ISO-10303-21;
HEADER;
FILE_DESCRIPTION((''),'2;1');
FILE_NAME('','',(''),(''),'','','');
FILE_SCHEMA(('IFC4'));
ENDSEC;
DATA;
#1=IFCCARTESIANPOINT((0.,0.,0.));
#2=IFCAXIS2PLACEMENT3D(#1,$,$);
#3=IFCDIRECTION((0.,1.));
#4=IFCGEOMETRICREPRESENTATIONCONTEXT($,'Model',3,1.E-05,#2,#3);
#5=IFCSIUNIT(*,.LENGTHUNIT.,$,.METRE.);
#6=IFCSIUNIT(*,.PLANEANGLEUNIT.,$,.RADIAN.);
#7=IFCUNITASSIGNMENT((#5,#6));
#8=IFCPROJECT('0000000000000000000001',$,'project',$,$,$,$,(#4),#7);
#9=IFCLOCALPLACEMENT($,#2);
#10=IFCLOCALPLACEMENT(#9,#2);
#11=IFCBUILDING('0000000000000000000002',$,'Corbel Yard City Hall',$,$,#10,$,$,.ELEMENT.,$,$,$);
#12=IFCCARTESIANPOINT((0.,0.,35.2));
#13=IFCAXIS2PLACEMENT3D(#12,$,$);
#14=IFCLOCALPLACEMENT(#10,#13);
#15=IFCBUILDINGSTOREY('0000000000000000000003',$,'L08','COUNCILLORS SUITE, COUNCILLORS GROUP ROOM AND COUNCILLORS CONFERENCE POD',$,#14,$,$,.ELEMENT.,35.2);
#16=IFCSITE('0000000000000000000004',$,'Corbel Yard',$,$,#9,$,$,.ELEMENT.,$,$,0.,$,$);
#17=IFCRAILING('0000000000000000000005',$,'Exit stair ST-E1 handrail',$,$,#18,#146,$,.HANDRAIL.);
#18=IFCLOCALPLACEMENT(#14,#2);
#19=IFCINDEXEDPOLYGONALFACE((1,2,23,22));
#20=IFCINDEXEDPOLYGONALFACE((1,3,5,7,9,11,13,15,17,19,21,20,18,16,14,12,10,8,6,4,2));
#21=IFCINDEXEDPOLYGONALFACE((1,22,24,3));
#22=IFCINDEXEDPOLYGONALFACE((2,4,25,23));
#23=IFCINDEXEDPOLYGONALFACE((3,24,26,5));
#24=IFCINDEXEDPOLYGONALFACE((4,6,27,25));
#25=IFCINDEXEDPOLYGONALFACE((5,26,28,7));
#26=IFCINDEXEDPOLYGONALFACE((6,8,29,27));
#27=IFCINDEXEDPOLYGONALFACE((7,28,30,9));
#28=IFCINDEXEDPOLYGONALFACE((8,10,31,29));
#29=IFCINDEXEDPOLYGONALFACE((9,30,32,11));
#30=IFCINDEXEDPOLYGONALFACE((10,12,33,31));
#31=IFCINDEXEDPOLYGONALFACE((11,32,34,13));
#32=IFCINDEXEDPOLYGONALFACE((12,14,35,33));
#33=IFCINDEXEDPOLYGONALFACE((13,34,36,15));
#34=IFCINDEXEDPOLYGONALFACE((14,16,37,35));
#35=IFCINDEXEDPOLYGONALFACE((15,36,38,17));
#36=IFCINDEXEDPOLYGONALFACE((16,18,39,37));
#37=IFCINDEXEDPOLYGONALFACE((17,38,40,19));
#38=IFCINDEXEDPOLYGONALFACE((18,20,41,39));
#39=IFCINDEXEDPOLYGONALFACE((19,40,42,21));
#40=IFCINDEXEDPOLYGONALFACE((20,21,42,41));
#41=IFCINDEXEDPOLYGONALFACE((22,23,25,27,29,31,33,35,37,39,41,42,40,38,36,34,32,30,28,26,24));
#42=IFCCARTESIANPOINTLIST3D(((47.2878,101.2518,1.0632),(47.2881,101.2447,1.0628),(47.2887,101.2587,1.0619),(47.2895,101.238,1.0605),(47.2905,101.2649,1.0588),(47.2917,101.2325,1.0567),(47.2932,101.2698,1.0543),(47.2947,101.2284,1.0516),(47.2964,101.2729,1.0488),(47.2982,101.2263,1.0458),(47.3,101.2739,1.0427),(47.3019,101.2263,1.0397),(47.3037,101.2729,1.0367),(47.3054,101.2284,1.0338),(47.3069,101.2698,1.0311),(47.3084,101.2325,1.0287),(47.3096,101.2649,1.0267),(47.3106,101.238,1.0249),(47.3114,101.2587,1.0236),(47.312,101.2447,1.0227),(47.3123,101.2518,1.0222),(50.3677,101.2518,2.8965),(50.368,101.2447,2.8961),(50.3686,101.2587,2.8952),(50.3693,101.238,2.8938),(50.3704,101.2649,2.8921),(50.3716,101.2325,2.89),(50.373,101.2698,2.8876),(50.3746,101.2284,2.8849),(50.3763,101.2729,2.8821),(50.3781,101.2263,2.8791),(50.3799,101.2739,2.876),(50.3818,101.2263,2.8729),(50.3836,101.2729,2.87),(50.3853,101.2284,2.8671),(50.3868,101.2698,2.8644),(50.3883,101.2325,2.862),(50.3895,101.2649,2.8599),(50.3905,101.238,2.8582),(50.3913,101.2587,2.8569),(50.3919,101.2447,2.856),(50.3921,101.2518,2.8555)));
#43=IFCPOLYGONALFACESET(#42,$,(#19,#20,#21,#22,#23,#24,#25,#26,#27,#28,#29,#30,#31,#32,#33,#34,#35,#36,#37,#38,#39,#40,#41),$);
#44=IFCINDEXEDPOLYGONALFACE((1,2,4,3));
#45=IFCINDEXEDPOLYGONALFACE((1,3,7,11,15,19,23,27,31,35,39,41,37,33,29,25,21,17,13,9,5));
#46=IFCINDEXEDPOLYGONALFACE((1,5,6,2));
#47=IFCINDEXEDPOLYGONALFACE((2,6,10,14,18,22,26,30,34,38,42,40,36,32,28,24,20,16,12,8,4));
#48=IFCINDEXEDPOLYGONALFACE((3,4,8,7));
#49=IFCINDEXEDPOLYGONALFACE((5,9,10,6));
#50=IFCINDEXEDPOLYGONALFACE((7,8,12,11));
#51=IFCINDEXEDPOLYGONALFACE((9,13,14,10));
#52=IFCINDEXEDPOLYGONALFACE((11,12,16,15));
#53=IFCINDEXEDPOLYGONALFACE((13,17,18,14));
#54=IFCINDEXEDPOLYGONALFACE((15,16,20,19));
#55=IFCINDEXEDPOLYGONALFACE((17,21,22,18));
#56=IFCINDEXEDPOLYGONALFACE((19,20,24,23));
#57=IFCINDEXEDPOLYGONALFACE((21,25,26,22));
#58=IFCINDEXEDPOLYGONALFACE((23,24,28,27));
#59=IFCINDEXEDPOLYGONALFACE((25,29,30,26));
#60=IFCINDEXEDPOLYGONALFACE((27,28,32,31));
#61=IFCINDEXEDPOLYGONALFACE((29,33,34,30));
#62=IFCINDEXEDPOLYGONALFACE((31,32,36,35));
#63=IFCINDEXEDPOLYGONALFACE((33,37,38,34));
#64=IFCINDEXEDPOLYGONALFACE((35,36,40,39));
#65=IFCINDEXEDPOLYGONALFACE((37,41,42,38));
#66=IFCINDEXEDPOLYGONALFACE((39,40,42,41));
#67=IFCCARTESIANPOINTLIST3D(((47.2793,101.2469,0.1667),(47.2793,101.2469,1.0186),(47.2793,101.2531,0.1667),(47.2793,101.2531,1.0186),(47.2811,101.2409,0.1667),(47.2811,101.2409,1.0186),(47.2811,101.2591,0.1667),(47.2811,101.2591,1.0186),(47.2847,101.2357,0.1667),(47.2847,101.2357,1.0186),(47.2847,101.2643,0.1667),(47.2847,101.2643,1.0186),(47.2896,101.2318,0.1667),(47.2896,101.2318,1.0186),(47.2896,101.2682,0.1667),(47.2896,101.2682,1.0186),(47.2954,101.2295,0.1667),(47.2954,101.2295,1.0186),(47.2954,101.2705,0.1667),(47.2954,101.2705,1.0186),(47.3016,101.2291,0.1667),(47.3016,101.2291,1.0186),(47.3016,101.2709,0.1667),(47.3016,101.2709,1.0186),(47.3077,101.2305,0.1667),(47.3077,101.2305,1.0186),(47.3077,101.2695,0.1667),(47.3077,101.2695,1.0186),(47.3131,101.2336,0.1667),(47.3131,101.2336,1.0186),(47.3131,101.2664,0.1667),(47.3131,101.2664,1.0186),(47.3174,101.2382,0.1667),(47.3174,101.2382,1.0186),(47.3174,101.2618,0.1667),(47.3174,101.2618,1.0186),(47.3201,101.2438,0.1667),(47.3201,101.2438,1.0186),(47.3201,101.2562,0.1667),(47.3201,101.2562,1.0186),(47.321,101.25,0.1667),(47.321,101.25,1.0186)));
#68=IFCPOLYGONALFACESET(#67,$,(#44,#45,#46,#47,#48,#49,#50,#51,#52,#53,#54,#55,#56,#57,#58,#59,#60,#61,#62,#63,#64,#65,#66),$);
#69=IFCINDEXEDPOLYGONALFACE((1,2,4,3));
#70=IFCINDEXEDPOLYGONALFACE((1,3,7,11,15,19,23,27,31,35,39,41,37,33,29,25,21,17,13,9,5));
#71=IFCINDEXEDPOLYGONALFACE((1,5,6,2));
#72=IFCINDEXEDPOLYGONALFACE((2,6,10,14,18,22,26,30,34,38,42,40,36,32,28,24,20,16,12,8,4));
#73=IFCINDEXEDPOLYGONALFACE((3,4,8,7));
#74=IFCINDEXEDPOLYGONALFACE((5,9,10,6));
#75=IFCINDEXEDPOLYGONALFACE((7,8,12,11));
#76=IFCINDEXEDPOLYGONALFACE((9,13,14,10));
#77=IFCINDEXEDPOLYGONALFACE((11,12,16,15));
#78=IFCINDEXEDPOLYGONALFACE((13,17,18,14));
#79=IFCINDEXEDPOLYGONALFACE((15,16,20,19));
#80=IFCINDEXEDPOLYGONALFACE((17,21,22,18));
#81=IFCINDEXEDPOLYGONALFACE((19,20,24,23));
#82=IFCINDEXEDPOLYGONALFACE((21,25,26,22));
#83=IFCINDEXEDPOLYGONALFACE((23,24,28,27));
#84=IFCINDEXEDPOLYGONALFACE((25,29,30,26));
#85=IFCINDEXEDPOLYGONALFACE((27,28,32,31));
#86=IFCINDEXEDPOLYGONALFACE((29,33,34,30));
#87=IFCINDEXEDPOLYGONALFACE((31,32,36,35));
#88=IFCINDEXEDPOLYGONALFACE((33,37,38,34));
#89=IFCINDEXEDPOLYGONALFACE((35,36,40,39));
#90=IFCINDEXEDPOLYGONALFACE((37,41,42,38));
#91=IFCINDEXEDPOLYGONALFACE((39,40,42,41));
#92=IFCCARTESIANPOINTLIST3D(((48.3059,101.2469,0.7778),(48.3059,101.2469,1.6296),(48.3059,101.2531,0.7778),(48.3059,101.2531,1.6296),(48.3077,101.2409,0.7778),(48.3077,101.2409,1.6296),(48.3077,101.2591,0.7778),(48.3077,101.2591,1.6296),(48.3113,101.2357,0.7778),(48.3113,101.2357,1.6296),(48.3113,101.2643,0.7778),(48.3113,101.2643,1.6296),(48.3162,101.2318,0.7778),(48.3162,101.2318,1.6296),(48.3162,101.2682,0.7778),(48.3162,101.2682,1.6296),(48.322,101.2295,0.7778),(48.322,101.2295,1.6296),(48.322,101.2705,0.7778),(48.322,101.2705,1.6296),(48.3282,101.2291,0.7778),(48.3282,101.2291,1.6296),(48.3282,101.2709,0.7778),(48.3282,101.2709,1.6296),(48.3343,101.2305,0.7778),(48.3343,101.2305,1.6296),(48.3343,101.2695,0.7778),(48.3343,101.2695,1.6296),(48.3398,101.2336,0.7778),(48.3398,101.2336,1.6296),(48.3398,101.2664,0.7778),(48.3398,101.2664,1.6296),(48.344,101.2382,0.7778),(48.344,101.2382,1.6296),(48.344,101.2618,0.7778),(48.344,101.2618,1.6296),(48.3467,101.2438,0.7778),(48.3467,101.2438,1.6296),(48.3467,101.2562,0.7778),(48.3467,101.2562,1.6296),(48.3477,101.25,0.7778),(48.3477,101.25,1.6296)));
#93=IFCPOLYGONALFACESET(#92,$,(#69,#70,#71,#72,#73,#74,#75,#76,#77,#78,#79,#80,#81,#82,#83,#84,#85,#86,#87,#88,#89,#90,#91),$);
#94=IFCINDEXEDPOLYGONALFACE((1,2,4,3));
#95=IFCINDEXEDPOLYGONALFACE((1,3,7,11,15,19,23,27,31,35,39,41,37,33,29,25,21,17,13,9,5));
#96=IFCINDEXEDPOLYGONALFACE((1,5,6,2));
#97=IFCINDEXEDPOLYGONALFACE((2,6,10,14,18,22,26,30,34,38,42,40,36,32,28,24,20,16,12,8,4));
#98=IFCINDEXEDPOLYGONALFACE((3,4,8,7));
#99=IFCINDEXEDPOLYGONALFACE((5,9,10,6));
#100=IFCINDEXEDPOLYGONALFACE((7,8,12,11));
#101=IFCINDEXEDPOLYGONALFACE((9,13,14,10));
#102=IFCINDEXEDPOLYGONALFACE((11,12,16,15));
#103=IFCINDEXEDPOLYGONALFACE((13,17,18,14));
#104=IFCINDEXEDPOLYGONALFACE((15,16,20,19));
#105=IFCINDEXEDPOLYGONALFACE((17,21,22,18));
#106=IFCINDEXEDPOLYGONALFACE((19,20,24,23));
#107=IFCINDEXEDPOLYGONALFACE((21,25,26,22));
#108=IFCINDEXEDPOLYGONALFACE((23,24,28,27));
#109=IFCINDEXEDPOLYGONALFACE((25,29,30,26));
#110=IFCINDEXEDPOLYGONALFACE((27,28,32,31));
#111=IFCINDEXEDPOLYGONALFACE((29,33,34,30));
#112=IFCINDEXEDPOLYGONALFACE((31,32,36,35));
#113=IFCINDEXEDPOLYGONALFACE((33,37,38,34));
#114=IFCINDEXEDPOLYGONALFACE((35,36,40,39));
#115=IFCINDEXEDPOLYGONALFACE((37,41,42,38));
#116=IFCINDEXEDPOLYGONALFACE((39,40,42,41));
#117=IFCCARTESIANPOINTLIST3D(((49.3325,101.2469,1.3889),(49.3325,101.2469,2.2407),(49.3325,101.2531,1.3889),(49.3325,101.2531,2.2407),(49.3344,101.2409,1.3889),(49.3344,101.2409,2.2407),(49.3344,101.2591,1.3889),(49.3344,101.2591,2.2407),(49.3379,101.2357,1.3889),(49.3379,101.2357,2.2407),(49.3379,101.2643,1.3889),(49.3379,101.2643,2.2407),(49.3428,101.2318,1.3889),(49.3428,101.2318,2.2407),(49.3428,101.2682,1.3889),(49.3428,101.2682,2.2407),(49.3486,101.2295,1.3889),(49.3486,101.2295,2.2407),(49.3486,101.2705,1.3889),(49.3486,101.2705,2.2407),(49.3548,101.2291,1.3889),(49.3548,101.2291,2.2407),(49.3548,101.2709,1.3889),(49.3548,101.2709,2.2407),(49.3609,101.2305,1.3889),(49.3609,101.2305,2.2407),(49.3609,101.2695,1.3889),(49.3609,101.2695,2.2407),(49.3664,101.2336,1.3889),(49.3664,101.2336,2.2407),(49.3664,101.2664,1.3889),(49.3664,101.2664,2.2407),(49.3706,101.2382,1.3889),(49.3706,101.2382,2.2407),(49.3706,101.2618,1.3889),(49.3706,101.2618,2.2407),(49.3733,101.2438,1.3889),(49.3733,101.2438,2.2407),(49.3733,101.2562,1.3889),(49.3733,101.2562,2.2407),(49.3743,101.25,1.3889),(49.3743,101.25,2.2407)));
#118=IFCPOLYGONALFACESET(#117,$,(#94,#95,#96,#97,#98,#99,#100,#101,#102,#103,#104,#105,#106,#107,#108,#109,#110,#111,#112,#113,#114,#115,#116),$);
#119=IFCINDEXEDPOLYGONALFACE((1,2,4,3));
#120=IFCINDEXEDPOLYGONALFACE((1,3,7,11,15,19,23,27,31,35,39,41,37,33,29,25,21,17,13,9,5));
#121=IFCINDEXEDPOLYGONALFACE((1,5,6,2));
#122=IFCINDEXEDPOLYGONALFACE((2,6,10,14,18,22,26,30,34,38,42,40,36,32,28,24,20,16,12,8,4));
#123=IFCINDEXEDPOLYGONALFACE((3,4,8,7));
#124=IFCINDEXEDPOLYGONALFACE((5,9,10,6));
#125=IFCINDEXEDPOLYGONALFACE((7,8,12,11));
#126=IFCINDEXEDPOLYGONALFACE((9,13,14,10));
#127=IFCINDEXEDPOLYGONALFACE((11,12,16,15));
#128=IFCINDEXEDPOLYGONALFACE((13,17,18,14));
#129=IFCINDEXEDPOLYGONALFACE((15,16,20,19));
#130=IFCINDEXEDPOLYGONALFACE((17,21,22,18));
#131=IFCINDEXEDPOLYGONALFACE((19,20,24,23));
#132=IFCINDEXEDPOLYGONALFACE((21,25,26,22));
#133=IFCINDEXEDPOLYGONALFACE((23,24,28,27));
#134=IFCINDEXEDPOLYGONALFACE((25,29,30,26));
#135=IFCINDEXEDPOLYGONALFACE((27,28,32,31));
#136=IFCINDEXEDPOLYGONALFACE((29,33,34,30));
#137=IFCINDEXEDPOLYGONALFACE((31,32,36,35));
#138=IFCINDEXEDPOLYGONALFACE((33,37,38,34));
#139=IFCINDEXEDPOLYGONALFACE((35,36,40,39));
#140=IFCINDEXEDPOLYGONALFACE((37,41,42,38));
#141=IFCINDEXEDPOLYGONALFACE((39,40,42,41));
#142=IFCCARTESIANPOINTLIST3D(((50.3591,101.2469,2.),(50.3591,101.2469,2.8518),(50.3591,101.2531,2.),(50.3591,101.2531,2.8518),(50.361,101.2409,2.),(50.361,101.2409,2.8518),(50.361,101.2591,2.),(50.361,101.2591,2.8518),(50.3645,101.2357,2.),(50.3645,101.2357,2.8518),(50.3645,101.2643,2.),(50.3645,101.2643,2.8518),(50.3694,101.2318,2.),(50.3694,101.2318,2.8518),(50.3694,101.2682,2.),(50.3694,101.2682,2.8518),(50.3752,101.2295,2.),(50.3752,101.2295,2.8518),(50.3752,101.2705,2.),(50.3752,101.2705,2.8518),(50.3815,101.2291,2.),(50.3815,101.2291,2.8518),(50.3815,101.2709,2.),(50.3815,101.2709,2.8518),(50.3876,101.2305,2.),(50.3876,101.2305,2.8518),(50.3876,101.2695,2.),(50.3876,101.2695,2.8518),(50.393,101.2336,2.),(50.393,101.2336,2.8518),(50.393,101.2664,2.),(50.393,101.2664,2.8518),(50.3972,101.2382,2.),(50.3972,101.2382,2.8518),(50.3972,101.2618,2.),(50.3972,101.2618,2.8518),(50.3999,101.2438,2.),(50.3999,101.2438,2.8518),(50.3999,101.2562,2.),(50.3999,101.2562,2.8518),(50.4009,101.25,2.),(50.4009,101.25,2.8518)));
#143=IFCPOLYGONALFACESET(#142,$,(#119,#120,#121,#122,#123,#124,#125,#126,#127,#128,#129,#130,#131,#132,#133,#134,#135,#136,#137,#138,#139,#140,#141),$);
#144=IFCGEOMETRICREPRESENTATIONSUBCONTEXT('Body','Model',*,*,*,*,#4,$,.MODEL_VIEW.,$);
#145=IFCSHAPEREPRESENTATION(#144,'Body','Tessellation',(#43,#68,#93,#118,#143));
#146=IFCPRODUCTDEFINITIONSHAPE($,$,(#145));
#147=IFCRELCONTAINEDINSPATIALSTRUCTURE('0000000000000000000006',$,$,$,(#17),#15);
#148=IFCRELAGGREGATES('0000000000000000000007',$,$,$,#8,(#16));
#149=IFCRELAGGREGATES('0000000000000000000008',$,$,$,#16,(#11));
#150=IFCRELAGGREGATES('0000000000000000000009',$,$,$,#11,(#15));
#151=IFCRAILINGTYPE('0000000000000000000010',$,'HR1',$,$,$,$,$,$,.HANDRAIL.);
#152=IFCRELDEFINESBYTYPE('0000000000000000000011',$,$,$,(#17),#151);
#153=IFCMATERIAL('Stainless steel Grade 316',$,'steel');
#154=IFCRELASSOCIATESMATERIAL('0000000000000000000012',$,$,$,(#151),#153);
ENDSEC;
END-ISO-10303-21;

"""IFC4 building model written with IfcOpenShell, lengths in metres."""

from ifc_helpers import new_model, si_unit, direction, frame, origin, origin_2d, place, context, subcontext, project, spatial, circle, extrude, material, type_object, element, save


model = new_model("IFC4")

# Units and contexts
model_context = context("Model", 3, precision=1e-05, world=origin(), true_north=direction((0.0, 1.0)))
body_context = subcontext(model_context, "Body", "Model", "MODEL_VIEW")
ifc_project = project(units=[si_unit("LENGTHUNIT", "METRE"), si_unit("PLANEANGLEUNIT", "RADIAN")], contexts=[model_context])

# Site, building, storey
site_placement = place(None, origin())
site = spatial("IfcSite", under=ifc_project, at=site_placement, Name="Corbel Yard", CompositionType="ELEMENT", RefElevation=0.0)
building_placement = place(site_placement, origin())
building = spatial("IfcBuilding", under=site, at=building_placement, Name="Corbel Yard City Hall", CompositionType="ELEMENT")
storey_placement = place(building_placement, frame((0.0, 0.0, 35.2)))
storey = spatial("IfcBuildingStorey", under=building, at=storey_placement, Name="L08", Description="COUNCILLORS SUITE, COUNCILLORS GROUP ROOM AND COUNCILLORS CONFERENCE POD", CompositionType="ELEMENT", Elevation=35.2)

# Shared definitions
ifc_material_1 = material(Name="Stainless steel Grade 316", Category="steel")

# Railing
railing_type = type_object("IfcRailingType", Name="HR1", PredefinedType="HANDRAIL", material=ifc_material_1)
for number, where, name in (
    (1, (47.3, 101.25, 0.1667), "Exit stair ST-E1 handrail"),
):
    element("IfcRailing", number, at=place(storey_placement, frame(where)), inside=storey, type_object=railing_type, Name=name, PredefinedType="HANDRAIL", context=body_context, shape_type="SweptSolid", body=[
        extrude(circle(Radius=0.0239, at=origin_2d()), frame((0.0, 0.0, 0.876), z_axis=(0.859291, 0.0, 0.511487), x_axis=(0.0, 1.0, 0.0)), (0.0, 0.0, 1.0), 3.5842),
        extrude(circle(Radius=0.021, at=origin_2d()), origin(), (0.0, 0.0, 1.0), 0.8518),
        extrude(circle(Radius=0.021, at=origin_2d()), frame((1.0266, 0.0, 0.6111)), (0.0, 0.0, 1.0), 0.8518),
        extrude(circle(Radius=0.021, at=origin_2d()), frame((2.0532, 0.0, 1.2222)), (0.0, 0.0, 1.0), 0.8518),
        extrude(circle(Radius=0.021, at=origin_2d()), frame((3.0798, 0.0, 1.8333)), (0.0, 0.0, 1.0), 0.8518),
    ])

save(model, "model.ifc")
